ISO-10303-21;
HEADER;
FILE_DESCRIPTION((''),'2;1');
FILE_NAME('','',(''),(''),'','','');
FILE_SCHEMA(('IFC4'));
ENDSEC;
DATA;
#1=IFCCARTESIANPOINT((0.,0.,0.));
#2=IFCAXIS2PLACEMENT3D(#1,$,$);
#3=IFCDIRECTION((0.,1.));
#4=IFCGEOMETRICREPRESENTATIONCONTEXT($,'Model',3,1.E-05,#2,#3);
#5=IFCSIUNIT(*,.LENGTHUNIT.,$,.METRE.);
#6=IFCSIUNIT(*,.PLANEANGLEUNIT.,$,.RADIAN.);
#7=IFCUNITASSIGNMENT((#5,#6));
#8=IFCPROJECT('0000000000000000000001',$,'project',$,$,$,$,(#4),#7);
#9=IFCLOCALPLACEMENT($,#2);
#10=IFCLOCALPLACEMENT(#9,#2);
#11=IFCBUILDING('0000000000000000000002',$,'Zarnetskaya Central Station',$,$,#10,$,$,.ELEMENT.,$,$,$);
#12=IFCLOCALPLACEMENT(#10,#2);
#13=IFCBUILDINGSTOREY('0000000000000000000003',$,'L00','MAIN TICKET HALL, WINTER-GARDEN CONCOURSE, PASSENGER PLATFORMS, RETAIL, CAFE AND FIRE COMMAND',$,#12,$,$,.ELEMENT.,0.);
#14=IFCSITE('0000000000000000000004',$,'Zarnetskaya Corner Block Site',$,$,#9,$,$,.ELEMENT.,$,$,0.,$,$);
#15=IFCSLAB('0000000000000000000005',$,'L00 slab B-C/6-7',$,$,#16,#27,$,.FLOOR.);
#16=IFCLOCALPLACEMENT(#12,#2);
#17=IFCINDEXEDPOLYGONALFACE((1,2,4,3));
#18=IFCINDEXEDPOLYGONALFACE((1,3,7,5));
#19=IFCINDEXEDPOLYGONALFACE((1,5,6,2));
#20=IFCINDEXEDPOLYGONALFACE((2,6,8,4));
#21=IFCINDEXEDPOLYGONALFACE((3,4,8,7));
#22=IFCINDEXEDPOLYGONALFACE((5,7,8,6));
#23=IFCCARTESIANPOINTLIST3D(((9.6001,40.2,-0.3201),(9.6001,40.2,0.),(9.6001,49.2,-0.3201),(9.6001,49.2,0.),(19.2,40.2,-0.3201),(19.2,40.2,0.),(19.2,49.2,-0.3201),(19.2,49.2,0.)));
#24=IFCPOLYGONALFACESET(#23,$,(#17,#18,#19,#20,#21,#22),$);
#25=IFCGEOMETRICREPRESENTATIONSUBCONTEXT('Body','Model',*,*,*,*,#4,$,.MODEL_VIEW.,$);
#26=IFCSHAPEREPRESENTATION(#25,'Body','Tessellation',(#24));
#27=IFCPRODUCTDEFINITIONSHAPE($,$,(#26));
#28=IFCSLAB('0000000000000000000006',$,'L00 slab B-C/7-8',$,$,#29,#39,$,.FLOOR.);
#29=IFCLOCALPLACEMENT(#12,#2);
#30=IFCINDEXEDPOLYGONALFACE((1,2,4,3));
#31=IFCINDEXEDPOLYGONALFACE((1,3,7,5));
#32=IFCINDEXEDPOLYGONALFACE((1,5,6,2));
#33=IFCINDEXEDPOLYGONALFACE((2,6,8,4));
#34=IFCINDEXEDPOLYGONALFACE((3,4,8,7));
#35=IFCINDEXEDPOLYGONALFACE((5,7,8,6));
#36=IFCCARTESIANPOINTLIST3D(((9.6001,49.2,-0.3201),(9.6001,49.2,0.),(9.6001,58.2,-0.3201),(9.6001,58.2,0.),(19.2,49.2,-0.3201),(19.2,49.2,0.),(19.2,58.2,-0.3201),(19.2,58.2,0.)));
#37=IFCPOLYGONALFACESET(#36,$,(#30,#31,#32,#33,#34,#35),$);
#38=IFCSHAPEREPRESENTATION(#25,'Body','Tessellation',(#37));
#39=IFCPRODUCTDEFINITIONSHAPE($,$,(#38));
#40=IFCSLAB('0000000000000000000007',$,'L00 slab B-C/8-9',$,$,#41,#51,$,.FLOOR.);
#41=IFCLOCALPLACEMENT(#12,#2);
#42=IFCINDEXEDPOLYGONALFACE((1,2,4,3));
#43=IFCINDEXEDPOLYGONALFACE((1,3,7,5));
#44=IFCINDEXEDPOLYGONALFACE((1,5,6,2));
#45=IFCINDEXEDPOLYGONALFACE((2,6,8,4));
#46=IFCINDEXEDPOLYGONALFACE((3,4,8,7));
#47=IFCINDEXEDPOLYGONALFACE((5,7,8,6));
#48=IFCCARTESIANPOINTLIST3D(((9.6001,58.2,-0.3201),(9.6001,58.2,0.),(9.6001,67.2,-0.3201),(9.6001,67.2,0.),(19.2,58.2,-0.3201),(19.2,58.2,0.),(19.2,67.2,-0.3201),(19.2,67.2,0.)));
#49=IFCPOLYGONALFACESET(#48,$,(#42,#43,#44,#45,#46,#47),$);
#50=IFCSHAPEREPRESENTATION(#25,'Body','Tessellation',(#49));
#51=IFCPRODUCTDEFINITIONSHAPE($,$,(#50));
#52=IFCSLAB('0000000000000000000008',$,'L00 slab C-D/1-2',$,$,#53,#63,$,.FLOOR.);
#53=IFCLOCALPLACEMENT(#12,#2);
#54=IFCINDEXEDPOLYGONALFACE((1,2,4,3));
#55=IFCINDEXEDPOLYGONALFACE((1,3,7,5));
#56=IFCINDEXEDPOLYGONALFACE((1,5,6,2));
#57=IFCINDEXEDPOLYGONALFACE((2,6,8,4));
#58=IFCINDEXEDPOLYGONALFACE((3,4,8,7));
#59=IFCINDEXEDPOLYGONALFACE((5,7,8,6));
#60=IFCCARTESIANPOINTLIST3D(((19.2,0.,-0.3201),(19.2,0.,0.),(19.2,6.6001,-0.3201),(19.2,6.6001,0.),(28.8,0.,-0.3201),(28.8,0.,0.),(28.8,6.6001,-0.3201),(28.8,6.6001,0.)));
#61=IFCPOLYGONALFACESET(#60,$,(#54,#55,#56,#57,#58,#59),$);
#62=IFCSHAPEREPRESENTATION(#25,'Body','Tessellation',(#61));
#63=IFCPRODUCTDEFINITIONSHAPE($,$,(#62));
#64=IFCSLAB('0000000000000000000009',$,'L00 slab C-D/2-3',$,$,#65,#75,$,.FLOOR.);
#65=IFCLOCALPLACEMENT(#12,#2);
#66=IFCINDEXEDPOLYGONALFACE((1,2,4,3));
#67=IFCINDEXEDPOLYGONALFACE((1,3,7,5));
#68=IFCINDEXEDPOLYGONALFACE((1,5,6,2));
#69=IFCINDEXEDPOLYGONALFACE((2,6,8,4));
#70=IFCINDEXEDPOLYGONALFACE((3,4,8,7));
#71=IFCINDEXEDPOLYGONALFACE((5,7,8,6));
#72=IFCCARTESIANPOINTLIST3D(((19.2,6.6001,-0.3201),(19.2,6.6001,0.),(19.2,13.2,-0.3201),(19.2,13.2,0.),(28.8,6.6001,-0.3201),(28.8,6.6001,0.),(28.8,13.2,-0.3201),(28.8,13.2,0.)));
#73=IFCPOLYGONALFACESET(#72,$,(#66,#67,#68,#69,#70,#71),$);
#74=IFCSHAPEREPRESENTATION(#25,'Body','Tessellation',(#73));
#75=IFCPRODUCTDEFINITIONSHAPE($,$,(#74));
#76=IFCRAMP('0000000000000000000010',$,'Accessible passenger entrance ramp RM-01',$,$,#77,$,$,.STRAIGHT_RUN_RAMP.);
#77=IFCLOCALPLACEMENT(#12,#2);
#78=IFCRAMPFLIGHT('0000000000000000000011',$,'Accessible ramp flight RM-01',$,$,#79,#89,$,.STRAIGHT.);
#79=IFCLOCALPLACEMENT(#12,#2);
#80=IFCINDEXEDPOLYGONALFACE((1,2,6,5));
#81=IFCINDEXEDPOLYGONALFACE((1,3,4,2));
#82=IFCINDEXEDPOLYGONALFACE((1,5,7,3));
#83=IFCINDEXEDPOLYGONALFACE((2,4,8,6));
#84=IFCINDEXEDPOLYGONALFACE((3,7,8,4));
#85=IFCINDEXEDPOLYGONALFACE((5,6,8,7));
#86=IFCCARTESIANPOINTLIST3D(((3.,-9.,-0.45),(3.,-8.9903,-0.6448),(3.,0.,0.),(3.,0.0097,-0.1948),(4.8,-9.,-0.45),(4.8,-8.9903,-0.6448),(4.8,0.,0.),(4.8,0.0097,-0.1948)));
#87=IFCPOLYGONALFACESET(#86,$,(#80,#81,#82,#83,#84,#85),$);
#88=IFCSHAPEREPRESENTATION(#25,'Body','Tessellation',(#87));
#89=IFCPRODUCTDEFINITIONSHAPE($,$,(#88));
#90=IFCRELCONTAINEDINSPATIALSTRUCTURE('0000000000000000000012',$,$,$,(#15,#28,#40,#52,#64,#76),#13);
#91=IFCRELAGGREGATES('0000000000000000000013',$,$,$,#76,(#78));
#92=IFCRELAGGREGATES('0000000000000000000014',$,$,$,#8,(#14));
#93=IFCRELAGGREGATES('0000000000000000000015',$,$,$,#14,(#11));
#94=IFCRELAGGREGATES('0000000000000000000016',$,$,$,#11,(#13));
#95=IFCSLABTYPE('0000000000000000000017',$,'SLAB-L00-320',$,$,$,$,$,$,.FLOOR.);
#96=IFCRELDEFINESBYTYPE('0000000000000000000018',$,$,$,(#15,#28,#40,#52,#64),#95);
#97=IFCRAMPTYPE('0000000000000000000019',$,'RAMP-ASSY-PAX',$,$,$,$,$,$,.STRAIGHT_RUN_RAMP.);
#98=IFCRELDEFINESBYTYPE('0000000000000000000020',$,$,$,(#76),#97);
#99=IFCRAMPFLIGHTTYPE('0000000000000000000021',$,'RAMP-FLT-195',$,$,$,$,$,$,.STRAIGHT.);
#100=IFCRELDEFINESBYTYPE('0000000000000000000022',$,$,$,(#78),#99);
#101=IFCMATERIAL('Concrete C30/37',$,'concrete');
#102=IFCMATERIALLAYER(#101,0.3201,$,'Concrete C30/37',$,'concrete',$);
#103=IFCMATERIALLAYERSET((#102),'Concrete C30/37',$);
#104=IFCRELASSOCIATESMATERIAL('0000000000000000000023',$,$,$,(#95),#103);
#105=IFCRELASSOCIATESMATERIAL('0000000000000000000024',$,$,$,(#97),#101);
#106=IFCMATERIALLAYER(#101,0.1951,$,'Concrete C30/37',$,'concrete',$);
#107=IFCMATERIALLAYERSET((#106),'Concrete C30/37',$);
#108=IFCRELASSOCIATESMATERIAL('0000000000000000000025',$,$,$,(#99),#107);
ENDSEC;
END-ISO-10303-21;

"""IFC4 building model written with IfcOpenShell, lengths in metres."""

from ifc_helpers import new_model, si_unit, direction, frame, origin, place, context, subcontext, project, spatial, polyline, outline, extrude, material, layer, layer_set, type_object, element, aggregate, save


model = new_model("IFC4")

# Units and contexts
model_context = context("Model", 3, precision=1e-05, world=origin(), true_north=direction((0.0, 1.0)))
body_context = subcontext(model_context, "Body", "Model", "MODEL_VIEW")
ifc_project = project(units=[si_unit("LENGTHUNIT", "METRE"), si_unit("PLANEANGLEUNIT", "RADIAN")], contexts=[model_context])

# Site, building, storey
site_placement = place(None, origin())
site = spatial("IfcSite", under=ifc_project, at=site_placement, Name="Zarnetskaya Corner Block Site", CompositionType="ELEMENT", RefElevation=0.0)
building_placement = place(site_placement, origin())
building = spatial("IfcBuilding", under=site, at=building_placement, Name="Zarnetskaya Central Station", CompositionType="ELEMENT")
storey_placement = place(building_placement, origin())
storey = spatial("IfcBuildingStorey", under=building, at=storey_placement, Name="L00", Description="MAIN TICKET HALL, WINTER-GARDEN CONCOURSE, PASSENGER PLATFORMS, RETAIL, CAFE AND FIRE COMMAND", CompositionType="ELEMENT", Elevation=0.0)

# Slabs
ifc_material_1 = material(Name="Concrete C30/37", Category="concrete")
ifc_layer_1 = layer(ifc_material_1, 0.3201, Name="Concrete C30/37", Category="concrete")
ifc_layer_set_1 = layer_set([ifc_layer_1], Name="Concrete C30/37")
slab_type = type_object("IfcSlabType", Name="SLAB-L00-320", PredefinedType="FLOOR", material=ifc_layer_set_1)
slab_1_placement = place(storey_placement, frame((0.0, 0.0, -0.3201)))
element("IfcSlab", 1, at=slab_1_placement, inside=storey, type_object=slab_type, Name="L00 slab B-C/6-7", PredefinedType="FLOOR", context=body_context, shape_type="SweptSolid", body=[
    extrude(outline(polyline([(9.6001, 40.2), (19.2, 40.2), (19.2, 49.2), (9.6001, 49.2), (9.6001, 40.2)])), origin(), (0.0, 0.0, 1.0), 0.3201),
])
slab_2_placement = place(storey_placement, frame((0.0, 0.0, -0.3201)))
element("IfcSlab", 2, at=slab_2_placement, inside=storey, type_object=slab_type, Name="L00 slab B-C/7-8", PredefinedType="FLOOR", context=body_context, shape_type="SweptSolid", body=[
    extrude(outline(polyline([(9.6001, 49.2), (19.2, 49.2), (19.2, 58.2), (9.6001, 58.2), (9.6001, 49.2)])), origin(), (0.0, 0.0, 1.0), 0.3201),
])
slab_3_placement = place(storey_placement, frame((0.0, 0.0, -0.3201)))
element("IfcSlab", 3, at=slab_3_placement, inside=storey, type_object=slab_type, Name="L00 slab B-C/8-9", PredefinedType="FLOOR", context=body_context, shape_type="SweptSolid", body=[
    extrude(outline(polyline([(9.6001, 58.2), (19.2, 58.2), (19.2, 67.2), (9.6001, 67.2), (9.6001, 58.2)])), origin(), (0.0, 0.0, 1.0), 0.3201),
])
slab_4_placement = place(storey_placement, frame((0.0, 0.0, -0.3201)))
element("IfcSlab", 4, at=slab_4_placement, inside=storey, type_object=slab_type, Name="L00 slab C-D/1-2", PredefinedType="FLOOR", context=body_context, shape_type="SweptSolid", body=[
    extrude(outline(polyline([(19.2, 0.0), (28.8, 0.0), (28.8, 6.6001), (19.2, 6.6001), (19.2, 0.0)])), origin(), (0.0, 0.0, 1.0), 0.3201),
])
slab_5_placement = place(storey_placement, frame((0.0, 0.0, -0.3201)))
element("IfcSlab", 5, at=slab_5_placement, inside=storey, type_object=slab_type, Name="L00 slab C-D/2-3", PredefinedType="FLOOR", context=body_context, shape_type="SweptSolid", body=[
    extrude(outline(polyline([(19.2, 6.6001), (28.8, 6.6001), (28.8, 13.2), (19.2, 13.2), (19.2, 6.6001)])), origin(), (0.0, 0.0, 1.0), 0.3201),
])

# Ramp, ramp flight
ramp_type = type_object("IfcRampType", Name="RAMP-ASSY-PAX", PredefinedType="STRAIGHT_RUN_RAMP", material=ifc_material_1)
ramp_placement = place(storey_placement, origin())
ramp = element("IfcRamp", 6, at=ramp_placement, inside=storey, type_object=ramp_type, Name="Accessible passenger entrance ramp RM-01", PredefinedType="STRAIGHT_RUN_RAMP")
ifc_layer_2 = layer(ifc_material_1, 0.1951, Name="Concrete C30/37", Category="concrete")
ifc_layer_set_2 = layer_set([ifc_layer_2], Name="Concrete C30/37")
ramp_flight_type = type_object("IfcRampFlightType", Name="RAMP-FLT-195", PredefinedType="STRAIGHT", material=ifc_layer_set_2)
ramp_flight_placement = place(storey_placement, frame((3.0, -9.0, -0.45), z_axis=(0.0, -0.049932, 0.998753), x_axis=(1.0, 0.0, 0.0)))
ramp_flight = element("IfcRampFlight", 7, at=ramp_flight_placement, type_object=ramp_flight_type, Name="Accessible ramp flight RM-01", PredefinedType="STRAIGHT", context=body_context, shape_type="SweptSolid", body=[
    extrude(outline(polyline([(0.0, 0.0), (1.8, 0.0), (1.8, 9.0112), (0.0, 9.0112), (0.0, 0.0)])), origin(), (0.0, 0.0, -1.0), 0.1951),
])
aggregate(ramp, [ramp_flight])

save(model, "model.ifc")
